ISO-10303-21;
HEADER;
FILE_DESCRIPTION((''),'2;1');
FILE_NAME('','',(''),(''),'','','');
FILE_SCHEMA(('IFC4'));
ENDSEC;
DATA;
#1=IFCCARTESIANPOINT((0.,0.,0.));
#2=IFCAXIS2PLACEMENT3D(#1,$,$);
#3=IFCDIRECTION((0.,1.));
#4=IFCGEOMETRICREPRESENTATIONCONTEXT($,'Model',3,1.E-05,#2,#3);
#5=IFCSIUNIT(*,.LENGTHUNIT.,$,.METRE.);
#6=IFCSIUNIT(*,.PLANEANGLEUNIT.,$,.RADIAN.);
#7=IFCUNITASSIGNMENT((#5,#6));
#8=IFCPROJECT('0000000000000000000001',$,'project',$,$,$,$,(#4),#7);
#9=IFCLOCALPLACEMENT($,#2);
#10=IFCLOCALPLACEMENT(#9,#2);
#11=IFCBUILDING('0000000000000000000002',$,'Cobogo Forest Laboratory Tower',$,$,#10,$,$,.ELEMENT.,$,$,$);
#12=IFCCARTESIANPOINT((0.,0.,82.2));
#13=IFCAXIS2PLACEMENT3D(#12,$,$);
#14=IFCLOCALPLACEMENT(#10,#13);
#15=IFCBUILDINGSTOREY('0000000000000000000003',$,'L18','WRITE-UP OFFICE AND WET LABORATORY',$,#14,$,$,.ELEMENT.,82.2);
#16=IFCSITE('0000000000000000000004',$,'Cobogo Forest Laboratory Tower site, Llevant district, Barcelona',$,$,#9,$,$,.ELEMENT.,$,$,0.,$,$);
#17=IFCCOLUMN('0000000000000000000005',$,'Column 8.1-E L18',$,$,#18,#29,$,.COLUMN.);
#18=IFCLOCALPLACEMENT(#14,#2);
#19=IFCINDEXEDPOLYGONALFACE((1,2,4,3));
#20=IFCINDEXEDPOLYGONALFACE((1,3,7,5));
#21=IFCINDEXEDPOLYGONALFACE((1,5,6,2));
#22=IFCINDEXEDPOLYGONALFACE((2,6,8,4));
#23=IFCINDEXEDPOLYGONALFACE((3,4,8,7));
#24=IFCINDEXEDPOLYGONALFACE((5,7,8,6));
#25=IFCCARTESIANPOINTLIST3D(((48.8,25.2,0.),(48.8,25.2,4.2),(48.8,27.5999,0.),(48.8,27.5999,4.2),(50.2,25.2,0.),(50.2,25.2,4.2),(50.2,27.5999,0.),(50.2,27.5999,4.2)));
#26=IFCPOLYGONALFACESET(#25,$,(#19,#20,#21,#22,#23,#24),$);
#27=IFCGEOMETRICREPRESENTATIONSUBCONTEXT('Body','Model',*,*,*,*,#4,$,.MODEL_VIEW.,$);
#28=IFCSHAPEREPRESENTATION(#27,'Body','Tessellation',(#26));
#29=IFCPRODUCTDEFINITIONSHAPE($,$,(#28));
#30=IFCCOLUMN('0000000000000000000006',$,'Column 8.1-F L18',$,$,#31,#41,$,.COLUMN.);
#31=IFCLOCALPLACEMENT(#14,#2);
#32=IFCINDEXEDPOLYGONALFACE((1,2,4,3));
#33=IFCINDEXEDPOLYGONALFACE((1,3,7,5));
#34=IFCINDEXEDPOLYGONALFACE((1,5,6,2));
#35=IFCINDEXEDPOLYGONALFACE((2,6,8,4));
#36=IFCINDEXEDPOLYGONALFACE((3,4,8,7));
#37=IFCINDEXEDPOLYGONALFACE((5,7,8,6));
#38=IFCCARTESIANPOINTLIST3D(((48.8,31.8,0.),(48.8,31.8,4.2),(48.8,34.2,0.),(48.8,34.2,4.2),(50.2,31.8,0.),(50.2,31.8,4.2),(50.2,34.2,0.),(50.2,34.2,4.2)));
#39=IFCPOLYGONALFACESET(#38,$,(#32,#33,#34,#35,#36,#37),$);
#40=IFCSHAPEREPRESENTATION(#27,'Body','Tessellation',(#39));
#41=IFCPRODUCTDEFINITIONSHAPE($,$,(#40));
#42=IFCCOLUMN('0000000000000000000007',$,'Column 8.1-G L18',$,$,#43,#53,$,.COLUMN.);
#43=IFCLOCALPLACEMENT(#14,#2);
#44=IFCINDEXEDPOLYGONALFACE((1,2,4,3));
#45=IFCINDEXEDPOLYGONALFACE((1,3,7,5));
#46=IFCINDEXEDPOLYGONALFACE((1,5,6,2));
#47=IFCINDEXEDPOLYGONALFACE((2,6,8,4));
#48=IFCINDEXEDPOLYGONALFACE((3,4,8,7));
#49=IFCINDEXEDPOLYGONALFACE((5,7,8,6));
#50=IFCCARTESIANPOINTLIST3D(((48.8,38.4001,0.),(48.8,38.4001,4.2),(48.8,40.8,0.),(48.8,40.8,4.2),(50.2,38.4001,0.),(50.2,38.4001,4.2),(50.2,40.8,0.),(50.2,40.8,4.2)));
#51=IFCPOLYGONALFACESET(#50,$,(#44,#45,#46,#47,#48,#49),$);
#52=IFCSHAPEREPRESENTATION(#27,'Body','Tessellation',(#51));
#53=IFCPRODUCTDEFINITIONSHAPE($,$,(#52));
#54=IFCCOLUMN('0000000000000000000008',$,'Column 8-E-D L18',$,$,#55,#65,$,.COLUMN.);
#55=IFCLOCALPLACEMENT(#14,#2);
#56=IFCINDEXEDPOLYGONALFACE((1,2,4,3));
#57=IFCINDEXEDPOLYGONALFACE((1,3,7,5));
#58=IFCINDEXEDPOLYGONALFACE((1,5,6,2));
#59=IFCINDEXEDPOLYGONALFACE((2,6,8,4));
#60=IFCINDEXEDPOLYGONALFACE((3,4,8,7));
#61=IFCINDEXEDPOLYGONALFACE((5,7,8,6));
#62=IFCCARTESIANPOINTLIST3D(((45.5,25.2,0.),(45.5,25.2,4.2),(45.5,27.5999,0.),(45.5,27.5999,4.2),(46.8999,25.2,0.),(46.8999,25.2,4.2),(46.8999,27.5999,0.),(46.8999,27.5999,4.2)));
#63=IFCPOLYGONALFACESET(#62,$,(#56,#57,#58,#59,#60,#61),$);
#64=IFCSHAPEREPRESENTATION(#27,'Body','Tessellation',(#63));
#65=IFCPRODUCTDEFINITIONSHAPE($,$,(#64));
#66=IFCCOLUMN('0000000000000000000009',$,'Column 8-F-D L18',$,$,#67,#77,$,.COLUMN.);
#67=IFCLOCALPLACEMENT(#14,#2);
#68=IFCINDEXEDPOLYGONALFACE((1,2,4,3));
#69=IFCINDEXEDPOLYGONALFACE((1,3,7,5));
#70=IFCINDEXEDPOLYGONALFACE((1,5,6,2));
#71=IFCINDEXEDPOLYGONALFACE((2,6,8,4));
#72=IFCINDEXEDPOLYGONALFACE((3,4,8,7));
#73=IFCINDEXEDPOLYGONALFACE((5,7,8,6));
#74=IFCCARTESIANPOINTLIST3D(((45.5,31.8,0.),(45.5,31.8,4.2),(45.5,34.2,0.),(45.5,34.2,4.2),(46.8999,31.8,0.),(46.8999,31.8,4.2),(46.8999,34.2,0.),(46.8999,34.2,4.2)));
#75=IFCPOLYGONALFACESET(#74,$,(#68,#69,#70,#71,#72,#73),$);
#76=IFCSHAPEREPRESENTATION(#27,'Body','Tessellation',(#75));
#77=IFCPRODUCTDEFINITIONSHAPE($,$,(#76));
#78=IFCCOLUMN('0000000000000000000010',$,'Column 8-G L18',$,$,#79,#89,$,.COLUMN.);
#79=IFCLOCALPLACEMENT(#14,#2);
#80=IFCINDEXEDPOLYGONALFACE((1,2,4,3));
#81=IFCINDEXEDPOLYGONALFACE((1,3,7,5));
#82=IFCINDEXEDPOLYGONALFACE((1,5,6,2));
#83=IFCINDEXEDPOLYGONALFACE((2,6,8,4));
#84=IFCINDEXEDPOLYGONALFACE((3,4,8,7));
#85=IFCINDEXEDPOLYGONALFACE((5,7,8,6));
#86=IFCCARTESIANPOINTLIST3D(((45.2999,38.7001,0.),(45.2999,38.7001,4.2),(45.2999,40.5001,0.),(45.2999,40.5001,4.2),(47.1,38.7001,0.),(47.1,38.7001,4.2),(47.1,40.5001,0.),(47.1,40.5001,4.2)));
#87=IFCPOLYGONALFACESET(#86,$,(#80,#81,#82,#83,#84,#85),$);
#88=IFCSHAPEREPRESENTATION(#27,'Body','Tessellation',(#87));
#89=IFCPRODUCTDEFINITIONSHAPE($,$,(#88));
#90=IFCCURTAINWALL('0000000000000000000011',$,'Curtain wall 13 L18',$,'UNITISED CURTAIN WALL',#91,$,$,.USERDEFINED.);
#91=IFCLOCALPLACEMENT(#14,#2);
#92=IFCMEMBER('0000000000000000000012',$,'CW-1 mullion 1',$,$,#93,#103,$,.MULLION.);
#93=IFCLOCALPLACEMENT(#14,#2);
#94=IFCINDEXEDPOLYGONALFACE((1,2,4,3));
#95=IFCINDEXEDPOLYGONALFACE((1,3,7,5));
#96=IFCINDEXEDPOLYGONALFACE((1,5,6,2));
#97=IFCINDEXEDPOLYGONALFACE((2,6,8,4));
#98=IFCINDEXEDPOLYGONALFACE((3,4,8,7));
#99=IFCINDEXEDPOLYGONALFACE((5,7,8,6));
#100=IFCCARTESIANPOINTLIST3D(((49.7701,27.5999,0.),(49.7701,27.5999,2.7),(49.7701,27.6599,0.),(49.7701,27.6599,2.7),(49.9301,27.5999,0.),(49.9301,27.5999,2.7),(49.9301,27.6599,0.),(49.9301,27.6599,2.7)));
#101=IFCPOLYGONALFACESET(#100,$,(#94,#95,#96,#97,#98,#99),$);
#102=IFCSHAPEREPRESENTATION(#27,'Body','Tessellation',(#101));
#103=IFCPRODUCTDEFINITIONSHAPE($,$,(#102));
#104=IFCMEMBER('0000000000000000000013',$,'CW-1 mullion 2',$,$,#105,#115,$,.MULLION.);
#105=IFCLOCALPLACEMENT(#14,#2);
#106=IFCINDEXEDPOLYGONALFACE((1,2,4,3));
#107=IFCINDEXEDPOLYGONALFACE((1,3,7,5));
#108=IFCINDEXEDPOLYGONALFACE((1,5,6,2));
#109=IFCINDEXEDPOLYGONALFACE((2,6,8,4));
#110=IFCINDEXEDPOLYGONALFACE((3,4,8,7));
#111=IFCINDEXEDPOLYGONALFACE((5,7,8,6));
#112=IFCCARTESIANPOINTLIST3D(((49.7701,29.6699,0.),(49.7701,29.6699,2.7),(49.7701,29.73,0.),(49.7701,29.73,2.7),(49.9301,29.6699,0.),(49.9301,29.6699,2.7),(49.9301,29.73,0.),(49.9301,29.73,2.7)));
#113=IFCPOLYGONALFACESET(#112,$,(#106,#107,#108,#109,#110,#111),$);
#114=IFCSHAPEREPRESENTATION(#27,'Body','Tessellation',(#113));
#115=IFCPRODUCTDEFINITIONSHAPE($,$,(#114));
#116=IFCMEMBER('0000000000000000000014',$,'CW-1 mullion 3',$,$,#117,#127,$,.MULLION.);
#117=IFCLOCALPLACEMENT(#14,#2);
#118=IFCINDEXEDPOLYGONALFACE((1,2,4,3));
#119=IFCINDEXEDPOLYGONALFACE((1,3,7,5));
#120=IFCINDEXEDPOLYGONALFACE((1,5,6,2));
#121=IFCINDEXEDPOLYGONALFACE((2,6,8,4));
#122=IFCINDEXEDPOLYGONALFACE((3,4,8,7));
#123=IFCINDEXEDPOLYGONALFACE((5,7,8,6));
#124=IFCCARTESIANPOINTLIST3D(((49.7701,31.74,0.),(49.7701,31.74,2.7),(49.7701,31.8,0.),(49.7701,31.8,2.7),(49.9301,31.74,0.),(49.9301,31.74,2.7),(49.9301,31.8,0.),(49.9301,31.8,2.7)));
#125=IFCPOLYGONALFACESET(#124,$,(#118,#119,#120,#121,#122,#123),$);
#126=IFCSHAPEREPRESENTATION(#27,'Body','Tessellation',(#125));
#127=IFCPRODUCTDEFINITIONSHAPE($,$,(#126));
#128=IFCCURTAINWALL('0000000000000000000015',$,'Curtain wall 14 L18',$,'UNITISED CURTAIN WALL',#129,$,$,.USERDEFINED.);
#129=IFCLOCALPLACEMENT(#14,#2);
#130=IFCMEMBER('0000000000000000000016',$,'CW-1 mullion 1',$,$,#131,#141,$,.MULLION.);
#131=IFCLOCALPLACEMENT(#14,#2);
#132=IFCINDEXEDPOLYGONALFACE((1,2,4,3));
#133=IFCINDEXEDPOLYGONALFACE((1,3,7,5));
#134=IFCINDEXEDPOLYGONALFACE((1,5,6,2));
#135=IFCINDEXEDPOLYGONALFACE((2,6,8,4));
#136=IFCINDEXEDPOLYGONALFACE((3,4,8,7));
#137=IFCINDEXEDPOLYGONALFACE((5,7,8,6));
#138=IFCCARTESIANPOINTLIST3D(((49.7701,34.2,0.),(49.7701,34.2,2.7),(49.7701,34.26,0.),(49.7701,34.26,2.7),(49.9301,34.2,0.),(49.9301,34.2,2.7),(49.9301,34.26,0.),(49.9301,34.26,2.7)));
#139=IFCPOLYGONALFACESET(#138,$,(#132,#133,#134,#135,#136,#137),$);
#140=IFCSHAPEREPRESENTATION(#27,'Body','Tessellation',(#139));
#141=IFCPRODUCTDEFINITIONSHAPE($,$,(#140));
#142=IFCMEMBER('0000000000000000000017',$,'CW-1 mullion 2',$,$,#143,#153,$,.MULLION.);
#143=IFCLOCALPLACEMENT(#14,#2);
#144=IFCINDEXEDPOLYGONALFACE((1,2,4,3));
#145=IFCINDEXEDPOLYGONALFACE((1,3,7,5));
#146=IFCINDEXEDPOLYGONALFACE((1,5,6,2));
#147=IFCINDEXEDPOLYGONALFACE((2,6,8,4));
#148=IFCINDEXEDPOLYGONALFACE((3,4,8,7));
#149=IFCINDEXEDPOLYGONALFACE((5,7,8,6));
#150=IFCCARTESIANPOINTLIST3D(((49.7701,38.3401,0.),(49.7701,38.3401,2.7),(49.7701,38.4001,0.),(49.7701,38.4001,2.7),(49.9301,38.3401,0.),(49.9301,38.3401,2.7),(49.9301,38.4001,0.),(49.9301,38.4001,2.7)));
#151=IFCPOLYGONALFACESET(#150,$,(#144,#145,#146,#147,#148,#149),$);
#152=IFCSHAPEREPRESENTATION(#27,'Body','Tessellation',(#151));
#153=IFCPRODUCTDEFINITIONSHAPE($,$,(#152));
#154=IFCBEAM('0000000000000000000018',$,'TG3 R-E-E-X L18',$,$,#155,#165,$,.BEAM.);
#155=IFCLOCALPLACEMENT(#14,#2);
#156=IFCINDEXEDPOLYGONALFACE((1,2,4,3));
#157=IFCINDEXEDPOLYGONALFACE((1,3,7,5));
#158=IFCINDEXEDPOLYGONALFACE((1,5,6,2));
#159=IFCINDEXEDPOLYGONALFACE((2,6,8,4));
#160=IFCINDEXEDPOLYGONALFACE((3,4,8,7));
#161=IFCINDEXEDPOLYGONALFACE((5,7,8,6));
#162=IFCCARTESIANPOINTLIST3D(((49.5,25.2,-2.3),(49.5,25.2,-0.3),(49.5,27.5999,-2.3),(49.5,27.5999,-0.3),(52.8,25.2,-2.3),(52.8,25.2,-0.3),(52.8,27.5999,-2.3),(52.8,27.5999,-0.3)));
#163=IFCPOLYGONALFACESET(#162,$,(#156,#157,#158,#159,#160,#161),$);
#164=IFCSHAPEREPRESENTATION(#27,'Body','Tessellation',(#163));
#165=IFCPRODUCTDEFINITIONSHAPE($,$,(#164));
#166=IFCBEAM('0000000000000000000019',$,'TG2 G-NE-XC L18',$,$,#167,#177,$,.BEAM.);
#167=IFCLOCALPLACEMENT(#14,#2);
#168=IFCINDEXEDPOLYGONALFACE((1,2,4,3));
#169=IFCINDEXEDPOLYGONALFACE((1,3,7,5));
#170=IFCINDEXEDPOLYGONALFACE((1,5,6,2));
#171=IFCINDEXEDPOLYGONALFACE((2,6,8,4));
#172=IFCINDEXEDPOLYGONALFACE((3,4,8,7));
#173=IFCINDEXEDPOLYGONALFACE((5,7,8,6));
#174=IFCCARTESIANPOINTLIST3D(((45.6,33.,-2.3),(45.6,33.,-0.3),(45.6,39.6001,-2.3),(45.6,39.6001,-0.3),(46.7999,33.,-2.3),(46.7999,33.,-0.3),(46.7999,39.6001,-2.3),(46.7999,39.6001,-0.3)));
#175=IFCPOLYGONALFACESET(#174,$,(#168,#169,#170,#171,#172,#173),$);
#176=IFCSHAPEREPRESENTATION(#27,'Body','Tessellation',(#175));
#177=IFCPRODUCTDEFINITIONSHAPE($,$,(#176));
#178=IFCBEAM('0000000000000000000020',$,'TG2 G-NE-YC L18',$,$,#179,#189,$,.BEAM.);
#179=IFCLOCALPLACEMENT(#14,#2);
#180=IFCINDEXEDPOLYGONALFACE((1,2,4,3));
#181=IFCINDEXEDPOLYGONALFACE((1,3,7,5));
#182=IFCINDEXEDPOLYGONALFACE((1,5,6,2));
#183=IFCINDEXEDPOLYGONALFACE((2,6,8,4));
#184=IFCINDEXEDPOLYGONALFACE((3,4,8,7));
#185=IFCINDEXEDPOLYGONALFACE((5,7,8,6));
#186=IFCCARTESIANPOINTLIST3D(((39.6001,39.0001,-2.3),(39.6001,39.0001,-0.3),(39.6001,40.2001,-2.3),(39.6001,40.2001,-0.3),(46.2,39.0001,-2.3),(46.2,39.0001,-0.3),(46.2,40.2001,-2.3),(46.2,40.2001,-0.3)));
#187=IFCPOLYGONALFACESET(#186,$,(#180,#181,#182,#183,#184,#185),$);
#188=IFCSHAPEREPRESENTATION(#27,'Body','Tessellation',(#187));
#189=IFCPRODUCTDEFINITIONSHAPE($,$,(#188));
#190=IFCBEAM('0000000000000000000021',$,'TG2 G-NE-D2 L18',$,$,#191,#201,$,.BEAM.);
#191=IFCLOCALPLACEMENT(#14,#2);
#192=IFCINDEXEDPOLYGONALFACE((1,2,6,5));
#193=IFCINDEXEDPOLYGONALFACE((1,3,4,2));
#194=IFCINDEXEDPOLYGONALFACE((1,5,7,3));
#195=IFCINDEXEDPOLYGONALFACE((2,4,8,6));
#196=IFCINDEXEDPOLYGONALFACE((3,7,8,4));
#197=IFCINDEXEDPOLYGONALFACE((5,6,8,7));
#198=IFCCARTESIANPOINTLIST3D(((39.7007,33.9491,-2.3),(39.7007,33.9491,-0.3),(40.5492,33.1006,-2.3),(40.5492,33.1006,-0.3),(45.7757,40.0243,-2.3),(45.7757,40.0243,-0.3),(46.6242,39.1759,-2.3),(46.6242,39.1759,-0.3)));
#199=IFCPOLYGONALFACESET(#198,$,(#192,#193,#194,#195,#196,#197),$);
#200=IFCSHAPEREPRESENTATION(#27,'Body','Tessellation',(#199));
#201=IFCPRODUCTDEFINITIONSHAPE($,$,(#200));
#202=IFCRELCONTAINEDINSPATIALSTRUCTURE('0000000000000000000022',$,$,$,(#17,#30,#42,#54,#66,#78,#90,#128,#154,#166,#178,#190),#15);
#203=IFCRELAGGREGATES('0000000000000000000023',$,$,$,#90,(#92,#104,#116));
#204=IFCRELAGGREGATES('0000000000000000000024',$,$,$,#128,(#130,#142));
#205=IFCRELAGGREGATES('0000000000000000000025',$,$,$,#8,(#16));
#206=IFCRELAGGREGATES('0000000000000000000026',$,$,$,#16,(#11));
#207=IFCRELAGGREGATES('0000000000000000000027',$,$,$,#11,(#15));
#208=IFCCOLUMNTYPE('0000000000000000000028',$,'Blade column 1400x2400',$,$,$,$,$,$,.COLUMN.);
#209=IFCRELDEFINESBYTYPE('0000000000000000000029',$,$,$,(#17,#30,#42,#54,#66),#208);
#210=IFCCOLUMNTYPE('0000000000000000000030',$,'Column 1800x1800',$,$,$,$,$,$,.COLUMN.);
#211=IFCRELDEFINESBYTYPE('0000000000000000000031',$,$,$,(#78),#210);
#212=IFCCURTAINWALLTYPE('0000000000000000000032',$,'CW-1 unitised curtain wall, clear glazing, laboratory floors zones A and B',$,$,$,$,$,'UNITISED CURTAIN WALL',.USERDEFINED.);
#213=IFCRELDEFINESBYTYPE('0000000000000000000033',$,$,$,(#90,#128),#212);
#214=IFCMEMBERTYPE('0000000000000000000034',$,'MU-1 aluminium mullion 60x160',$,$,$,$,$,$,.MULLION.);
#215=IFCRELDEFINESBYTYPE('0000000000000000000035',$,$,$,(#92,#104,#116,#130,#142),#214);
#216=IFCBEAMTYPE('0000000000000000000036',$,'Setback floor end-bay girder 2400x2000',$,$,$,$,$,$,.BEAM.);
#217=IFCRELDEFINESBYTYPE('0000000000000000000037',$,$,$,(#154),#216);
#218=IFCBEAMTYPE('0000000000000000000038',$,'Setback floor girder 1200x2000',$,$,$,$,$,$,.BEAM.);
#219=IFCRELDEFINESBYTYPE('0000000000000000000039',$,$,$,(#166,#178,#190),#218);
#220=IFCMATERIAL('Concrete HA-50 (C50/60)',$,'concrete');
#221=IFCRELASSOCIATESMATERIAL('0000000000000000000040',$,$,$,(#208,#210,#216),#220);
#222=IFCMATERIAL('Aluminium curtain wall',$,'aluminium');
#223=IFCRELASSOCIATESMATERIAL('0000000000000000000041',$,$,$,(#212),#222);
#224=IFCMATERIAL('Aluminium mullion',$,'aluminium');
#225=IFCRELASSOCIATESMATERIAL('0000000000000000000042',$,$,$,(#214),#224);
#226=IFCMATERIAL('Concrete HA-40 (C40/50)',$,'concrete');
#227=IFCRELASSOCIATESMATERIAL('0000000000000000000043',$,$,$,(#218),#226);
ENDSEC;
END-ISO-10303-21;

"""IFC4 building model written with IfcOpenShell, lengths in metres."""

from ifc_helpers import new_model, si_unit, direction, frame, origin, origin_2d, place, context, subcontext, project, spatial, rectangle, extrude, material, material_profile, profile_set, type_object, element, aggregate, save


model = new_model("IFC4")

# Units and contexts
model_context = context("Model", 3, precision=1e-05, world=origin(), true_north=direction((0.0, 1.0)))
body_context = subcontext(model_context, "Body", "Model", "MODEL_VIEW")
ifc_project = project(units=[si_unit("LENGTHUNIT", "METRE"), si_unit("PLANEANGLEUNIT", "RADIAN")], contexts=[model_context])

# Site, building, storey
site_placement = place(None, origin())
site = spatial("IfcSite", under=ifc_project, at=site_placement, Name="Cobogo Forest Laboratory Tower site, Llevant district, Barcelona", CompositionType="ELEMENT", RefElevation=0.0)
building_placement = place(site_placement, origin())
building = spatial("IfcBuilding", under=site, at=building_placement, Name="Cobogo Forest Laboratory Tower", CompositionType="ELEMENT")
storey_placement = place(building_placement, frame((0.0, 0.0, 82.2)))
storey = spatial("IfcBuildingStorey", under=building, at=storey_placement, Name="L18", Description="WRITE-UP OFFICE AND WET LABORATORY", CompositionType="ELEMENT", Elevation=82.2)

# Columns
ifc_material_1 = material(Name="Concrete HA-50 (C50/60)", Category="concrete")
ifc_material_profile_1 = material_profile(ifc_material_1, rectangle(XDim=2.3999, YDim=1.3999, at=origin_2d()), Name="RC 1400x2400")
ifc_profile_set_1 = profile_set([ifc_material_profile_1], Name="Concrete HA-50 (C50/60)")
column_type_1 = type_object("IfcColumnType", Name="Blade column 1400x2400", PredefinedType="COLUMN", material=ifc_profile_set_1)
for number, where, z_axis, x_axis, name in (
    (1, (49.5, 26.3999, 0.0), (0.0, 0.0, 1.0), (0.0, 1.0, 0.0), "Column 8.1-E L18"),
    (2, (49.5, 33.0, 0.0), (0.0, 0.0, 1.0), (0.0, 1.0, 0.0), "Column 8.1-F L18"),
    (3, (49.5, 39.6001, 0.0), (0.0, 0.0, 1.0), (0.0, 1.0, 0.0), "Column 8.1-G L18"),
    (4, (46.2, 26.3999, 0.0), (0.0, 0.0, 1.0), (0.0, 1.0, 0.0), "Column 8-E-D L18"),
    (5, (46.2, 33.0, 0.0), (0.0, 0.0, 1.0), (0.0, 1.0, 0.0), "Column 8-F-D L18"),
):
    element("IfcColumn", number, at=place(storey_placement, frame(where, z_axis=z_axis, x_axis=x_axis)), inside=storey, type_object=column_type_1, Name=name, PredefinedType="COLUMN", context=body_context, shape_type="SweptSolid", body=[
        extrude(rectangle(XDim=2.3999, YDim=1.3999, at=origin_2d()), origin(), (0.0, 0.0, 1.0), 4.2),
    ])
ifc_material_profile_2 = material_profile(ifc_material_1, rectangle(XDim=1.8, YDim=1.8, at=origin_2d()), Name="RC 1800x1800")
ifc_profile_set_2 = profile_set([ifc_material_profile_2], Name="Concrete HA-50 (C50/60)")
column_type_2 = type_object("IfcColumnType", Name="Column 1800x1800", PredefinedType="COLUMN", material=ifc_profile_set_2)
column_placement = place(storey_placement, frame((46.2, 39.6001, 0.0), z_axis=(0.0, 0.0, 1.0), x_axis=(1.0, 0.0, 0.0)))
element("IfcColumn", 6, at=column_placement, inside=storey, type_object=column_type_2, Name="Column 8-G L18", PredefinedType="COLUMN", context=body_context, shape_type="SweptSolid", body=[
    extrude(rectangle(XDim=1.8, YDim=1.8, at=origin_2d()), origin(), (0.0, 0.0, 1.0), 4.2),
])

# Curtain walls, members
ifc_material_2 = material(Name="Aluminium curtain wall", Category="aluminium")
curtain_wall_type = type_object("IfcCurtainWallType", Name="CW-1 unitised curtain wall, clear glazing, laboratory floors zones A and B", ElementType="UNITISED CURTAIN WALL", PredefinedType="USERDEFINED", material=ifc_material_2)
curtain_wall_1_placement = place(storey_placement, origin())
curtain_wall_1 = element("IfcCurtainWall", 7, at=curtain_wall_1_placement, inside=storey, type_object=curtain_wall_type, Name="Curtain wall 13 L18", ObjectType="UNITISED CURTAIN WALL", PredefinedType="USERDEFINED")
ifc_material_3 = material(Name="Aluminium mullion", Category="aluminium")
ifc_material_profile_3 = material_profile(ifc_material_3, rectangle(XDim=0.0601, YDim=0.1599, at=origin_2d()), Name="AL 60x160")
ifc_profile_set_3 = profile_set([ifc_material_profile_3], Name="Aluminium mullion")
member_type_1 = type_object("IfcMemberType", Name="MU-1 aluminium mullion 60x160", PredefinedType="MULLION", material=ifc_profile_set_3)
member_1_placement = place(storey_placement, frame((49.8501, 27.6299, 0.0), z_axis=(0.0, 0.0, 1.0), x_axis=(0.0, 1.0, 0.0)))
member_1 = element("IfcMember", 8, at=member_1_placement, type_object=member_type_1, Name="CW-1 mullion 1", PredefinedType="MULLION", context=body_context, shape_type="SweptSolid", body=[
    extrude(rectangle(XDim=0.0601, YDim=0.1599, at=origin_2d()), origin(), (0.0, 0.0, 1.0), 2.7),
])
member_2_placement = place(storey_placement, frame((49.8501, 29.7, 0.0), z_axis=(0.0, 0.0, 1.0), x_axis=(0.0, 1.0, 0.0)))
member_2 = element("IfcMember", 9, at=member_2_placement, type_object=member_type_1, Name="CW-1 mullion 2", PredefinedType="MULLION", context=body_context, shape_type="SweptSolid", body=[
    extrude(rectangle(XDim=0.0601, YDim=0.1599, at=origin_2d()), origin(), (0.0, 0.0, 1.0), 2.7),
])
member_3_placement = place(storey_placement, frame((49.8501, 31.77, 0.0), z_axis=(0.0, 0.0, 1.0), x_axis=(0.0, 1.0, 0.0)))
member_3 = element("IfcMember", 10, at=member_3_placement, type_object=member_type_1, Name="CW-1 mullion 3", PredefinedType="MULLION", context=body_context, shape_type="SweptSolid", body=[
    extrude(rectangle(XDim=0.0601, YDim=0.1599, at=origin_2d()), origin(), (0.0, 0.0, 1.0), 2.7),
])
curtain_wall_2_placement = place(storey_placement, origin())
curtain_wall_2 = element("IfcCurtainWall", 11, at=curtain_wall_2_placement, inside=storey, type_object=curtain_wall_type, Name="Curtain wall 14 L18", ObjectType="UNITISED CURTAIN WALL", PredefinedType="USERDEFINED")
member_4_placement = place(storey_placement, frame((49.8501, 34.23, 0.0), z_axis=(0.0, 0.0, 1.0), x_axis=(0.0, 1.0, 0.0)))
member_4 = element("IfcMember", 12, at=member_4_placement, type_object=member_type_1, Name="CW-1 mullion 1", PredefinedType="MULLION", context=body_context, shape_type="SweptSolid", body=[
    extrude(rectangle(XDim=0.0601, YDim=0.1599, at=origin_2d()), origin(), (0.0, 0.0, 1.0), 2.7),
])
member_5_placement = place(storey_placement, frame((49.8501, 38.3701, 0.0), z_axis=(0.0, 0.0, 1.0), x_axis=(0.0, 1.0, 0.0)))
member_5 = element("IfcMember", 13, at=member_5_placement, type_object=member_type_1, Name="CW-1 mullion 2", PredefinedType="MULLION", context=body_context, shape_type="SweptSolid", body=[
    extrude(rectangle(XDim=0.0601, YDim=0.1599, at=origin_2d()), origin(), (0.0, 0.0, 1.0), 2.7),
])

# Beams
ifc_material_profile_4 = material_profile(ifc_material_1, rectangle(XDim=2.3999, YDim=2.0, at=origin_2d()), Name="RC 2400x2000")
ifc_profile_set_4 = profile_set([ifc_material_profile_4], Name="Concrete HA-50 (C50/60)")
beam_type_1 = type_object("IfcBeamType", Name="Setback floor end-bay girder 2400x2000", PredefinedType="BEAM", material=ifc_profile_set_4)
beam_1_placement = place(storey_placement, frame((52.8, 26.3999, -1.3), z_axis=(-1.0, 0.0, 0.0), x_axis=(0.0, -1.0, 0.0)))
element("IfcBeam", 14, at=beam_1_placement, inside=storey, type_object=beam_type_1, Name="TG3 R-E-E-X L18", PredefinedType="BEAM", context=body_context, shape_type="SweptSolid", body=[
    extrude(rectangle(XDim=2.3999, YDim=2.0, at=origin_2d()), origin(), (0.0, 0.0, 1.0), 3.3),
])
ifc_material_4 = material(Name="Concrete HA-40 (C40/50)", Category="concrete")
ifc_material_profile_5 = material_profile(ifc_material_4, rectangle(XDim=1.2, YDim=2.0, at=origin_2d()), Name="RC 1200x2000")
ifc_profile_set_5 = profile_set([ifc_material_profile_5], Name="Concrete HA-40 (C40/50)")
beam_type_2 = type_object("IfcBeamType", Name="Setback floor girder 1200x2000", PredefinedType="BEAM", material=ifc_profile_set_5)
beam_2_placement = place(storey_placement, frame((46.2, 39.6001, -1.3), z_axis=(0.0, -1.0, 0.0), x_axis=(1.0, 0.0, 0.0)))
element("IfcBeam", 15, at=beam_2_placement, inside=storey, type_object=beam_type_2, Name="TG2 G-NE-XC L18", PredefinedType="BEAM", context=body_context, shape_type="SweptSolid", body=[
    extrude(rectangle(XDim=1.2, YDim=2.0, at=origin_2d()), origin(), (0.0, 0.0, 1.0), 6.6001),
])
beam_3_placement = place(storey_placement, frame((46.2, 39.6001, -1.3), z_axis=(-1.0, 0.0, 0.0), x_axis=(0.0, -1.0, 0.0)))
element("IfcBeam", 16, at=beam_3_placement, inside=storey, type_object=beam_type_2, Name="TG2 G-NE-YC L18", PredefinedType="BEAM", context=body_context, shape_type="SweptSolid", body=[
    extrude(rectangle(XDim=1.2, YDim=2.0, at=origin_2d()), origin(), (0.0, 0.0, 1.0), 6.5999),
])
beam_4_placement = place(storey_placement, frame((46.2, 39.6001, -1.3), z_axis=(-0.707093, -0.707121, 0.0), x_axis=(0.707121, -0.707093, 0.0)))
element("IfcBeam", 17, at=beam_4_placement, inside=storey, type_object=beam_type_2, Name="TG2 G-NE-D2 L18", PredefinedType="BEAM", context=body_context, shape_type="SweptSolid", body=[
    extrude(rectangle(XDim=1.2, YDim=2.0, at=origin_2d()), origin(), (0.0, 0.0, 1.0), 8.5916),
])

aggregate(curtain_wall_1, [member_1, member_2, member_3])
aggregate(curtain_wall_2, [member_4, member_5])

save(model, "model.ifc")
